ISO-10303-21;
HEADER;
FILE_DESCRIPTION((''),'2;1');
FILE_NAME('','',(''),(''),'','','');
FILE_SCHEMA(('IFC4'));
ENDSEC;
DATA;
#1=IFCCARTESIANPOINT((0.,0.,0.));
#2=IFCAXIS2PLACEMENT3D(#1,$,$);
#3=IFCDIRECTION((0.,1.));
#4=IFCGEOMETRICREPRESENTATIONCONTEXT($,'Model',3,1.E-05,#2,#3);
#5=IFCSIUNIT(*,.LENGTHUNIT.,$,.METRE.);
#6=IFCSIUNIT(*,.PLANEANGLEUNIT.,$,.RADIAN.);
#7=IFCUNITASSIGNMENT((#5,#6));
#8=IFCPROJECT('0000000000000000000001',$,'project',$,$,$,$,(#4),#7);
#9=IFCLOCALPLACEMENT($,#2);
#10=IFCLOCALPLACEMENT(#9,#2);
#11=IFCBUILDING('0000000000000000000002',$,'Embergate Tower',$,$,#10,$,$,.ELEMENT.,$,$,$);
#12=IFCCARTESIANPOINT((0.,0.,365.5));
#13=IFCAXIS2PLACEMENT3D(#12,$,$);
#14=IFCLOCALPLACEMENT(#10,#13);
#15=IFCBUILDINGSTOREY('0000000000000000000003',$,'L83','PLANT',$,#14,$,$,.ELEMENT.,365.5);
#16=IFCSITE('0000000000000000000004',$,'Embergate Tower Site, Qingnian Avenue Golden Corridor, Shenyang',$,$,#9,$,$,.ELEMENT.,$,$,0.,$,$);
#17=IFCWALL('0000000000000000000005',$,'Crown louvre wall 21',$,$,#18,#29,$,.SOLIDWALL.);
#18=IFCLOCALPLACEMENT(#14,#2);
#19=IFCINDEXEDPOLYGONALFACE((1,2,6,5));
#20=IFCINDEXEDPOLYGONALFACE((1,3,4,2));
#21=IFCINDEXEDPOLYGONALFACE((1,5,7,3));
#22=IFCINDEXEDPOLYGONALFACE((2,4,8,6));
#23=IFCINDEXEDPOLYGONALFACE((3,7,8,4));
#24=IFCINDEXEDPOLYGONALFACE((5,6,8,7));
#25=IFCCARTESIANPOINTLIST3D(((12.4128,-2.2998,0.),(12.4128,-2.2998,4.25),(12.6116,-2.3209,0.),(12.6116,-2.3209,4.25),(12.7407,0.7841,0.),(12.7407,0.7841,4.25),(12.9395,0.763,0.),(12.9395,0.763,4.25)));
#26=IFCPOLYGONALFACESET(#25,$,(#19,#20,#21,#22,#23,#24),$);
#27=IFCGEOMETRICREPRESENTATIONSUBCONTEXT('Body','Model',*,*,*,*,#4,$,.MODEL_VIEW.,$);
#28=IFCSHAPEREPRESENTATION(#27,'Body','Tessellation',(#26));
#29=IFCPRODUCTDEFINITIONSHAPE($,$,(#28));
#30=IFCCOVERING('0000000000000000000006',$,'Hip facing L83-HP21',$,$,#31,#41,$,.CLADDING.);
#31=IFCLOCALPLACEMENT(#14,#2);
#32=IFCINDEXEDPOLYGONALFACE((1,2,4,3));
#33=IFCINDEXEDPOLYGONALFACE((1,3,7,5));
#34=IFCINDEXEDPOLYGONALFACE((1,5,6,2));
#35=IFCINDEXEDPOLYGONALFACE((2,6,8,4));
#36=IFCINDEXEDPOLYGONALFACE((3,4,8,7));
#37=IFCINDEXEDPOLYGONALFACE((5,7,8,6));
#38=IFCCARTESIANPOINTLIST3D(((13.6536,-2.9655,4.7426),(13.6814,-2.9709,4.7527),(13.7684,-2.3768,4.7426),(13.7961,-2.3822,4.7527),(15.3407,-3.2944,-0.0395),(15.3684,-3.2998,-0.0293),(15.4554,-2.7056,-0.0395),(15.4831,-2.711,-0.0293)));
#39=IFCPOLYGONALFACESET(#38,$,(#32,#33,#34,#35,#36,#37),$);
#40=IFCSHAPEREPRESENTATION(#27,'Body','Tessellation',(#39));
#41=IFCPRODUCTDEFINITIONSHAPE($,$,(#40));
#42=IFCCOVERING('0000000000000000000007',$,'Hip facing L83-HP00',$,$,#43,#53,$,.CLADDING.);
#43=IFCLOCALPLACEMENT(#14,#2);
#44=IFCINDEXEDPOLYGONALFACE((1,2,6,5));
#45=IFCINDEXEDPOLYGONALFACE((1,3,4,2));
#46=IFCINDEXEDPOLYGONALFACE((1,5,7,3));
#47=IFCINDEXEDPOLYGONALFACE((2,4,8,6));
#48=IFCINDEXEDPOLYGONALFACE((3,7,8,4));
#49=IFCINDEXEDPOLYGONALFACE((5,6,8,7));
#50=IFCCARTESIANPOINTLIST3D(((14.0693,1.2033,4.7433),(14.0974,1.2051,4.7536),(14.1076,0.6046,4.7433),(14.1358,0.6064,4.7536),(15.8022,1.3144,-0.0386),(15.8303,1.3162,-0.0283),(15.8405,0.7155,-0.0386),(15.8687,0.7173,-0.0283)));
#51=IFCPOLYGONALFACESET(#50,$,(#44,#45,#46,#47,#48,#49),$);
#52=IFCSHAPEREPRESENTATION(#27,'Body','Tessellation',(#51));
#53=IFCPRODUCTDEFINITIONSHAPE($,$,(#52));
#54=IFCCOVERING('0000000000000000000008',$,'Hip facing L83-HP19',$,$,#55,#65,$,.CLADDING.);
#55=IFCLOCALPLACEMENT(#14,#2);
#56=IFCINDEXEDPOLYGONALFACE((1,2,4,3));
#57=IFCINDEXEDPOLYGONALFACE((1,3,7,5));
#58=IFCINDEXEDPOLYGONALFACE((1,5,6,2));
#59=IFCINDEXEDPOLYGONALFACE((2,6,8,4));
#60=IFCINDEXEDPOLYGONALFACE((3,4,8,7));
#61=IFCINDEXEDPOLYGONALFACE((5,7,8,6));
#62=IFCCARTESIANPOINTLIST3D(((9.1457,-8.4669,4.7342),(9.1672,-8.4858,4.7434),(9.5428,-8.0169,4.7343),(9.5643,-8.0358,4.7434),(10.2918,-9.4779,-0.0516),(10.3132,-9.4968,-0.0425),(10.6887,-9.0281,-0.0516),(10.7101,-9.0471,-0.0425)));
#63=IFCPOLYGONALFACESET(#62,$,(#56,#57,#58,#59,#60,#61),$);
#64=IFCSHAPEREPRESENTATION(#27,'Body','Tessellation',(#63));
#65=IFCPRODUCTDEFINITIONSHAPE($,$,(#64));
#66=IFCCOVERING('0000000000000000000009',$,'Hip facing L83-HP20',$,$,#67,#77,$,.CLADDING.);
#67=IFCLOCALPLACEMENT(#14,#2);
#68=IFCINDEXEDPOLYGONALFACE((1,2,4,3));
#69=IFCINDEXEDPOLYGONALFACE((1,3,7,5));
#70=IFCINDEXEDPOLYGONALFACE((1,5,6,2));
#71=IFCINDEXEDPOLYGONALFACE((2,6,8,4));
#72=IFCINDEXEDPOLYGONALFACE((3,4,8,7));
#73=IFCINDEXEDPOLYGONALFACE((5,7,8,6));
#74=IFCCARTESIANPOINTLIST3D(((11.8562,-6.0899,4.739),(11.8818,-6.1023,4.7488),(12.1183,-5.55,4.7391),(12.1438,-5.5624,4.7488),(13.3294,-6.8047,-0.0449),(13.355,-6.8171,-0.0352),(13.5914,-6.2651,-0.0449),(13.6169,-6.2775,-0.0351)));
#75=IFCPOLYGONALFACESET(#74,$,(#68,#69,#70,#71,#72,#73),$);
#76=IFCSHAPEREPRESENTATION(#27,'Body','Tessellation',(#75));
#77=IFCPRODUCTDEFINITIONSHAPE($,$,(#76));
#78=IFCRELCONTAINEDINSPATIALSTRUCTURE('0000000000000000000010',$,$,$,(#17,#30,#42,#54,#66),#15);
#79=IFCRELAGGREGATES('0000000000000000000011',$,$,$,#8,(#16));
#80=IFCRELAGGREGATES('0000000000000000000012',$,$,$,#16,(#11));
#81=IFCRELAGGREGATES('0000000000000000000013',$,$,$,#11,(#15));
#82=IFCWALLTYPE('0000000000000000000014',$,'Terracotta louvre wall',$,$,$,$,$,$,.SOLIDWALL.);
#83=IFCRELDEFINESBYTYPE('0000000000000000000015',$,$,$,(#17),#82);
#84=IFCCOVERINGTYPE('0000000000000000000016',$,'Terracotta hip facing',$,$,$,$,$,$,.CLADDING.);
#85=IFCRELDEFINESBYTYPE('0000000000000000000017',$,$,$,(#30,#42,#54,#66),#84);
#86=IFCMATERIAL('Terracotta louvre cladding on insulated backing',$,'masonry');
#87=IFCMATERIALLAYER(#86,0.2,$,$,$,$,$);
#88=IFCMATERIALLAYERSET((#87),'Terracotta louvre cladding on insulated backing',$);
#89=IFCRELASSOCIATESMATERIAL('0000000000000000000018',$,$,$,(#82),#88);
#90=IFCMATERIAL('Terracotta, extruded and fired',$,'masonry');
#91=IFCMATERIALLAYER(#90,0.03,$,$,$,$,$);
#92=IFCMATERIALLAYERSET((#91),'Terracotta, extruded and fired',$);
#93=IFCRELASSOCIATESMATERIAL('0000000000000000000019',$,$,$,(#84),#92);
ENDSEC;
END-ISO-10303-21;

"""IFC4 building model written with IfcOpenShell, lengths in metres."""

from ifc_helpers import new_model, si_unit, direction, frame, frame_2d, origin, place, context, subcontext, project, spatial, polyline, rectangle, outline, extrude, source, transform, mapped, material, layer, layer_set, type_object, element, save


model = new_model("IFC4")

# Units and contexts
model_context = context("Model", 3, precision=1e-05, world=origin(), true_north=direction((0.0, 1.0)))
body_context = subcontext(model_context, "Body", "Model", "MODEL_VIEW")
ifc_project = project(units=[si_unit("LENGTHUNIT", "METRE"), si_unit("PLANEANGLEUNIT", "RADIAN")], contexts=[model_context])

# Site, building, storey
site_placement = place(None, origin())
site = spatial("IfcSite", under=ifc_project, at=site_placement, Name="Embergate Tower Site, Qingnian Avenue Golden Corridor, Shenyang", CompositionType="ELEMENT", RefElevation=0.0)
building_placement = place(site_placement, origin())
building = spatial("IfcBuilding", under=site, at=building_placement, Name="Embergate Tower", CompositionType="ELEMENT")
storey_placement = place(building_placement, frame((0.0, 0.0, 365.5)))
storey = spatial("IfcBuildingStorey", under=building, at=storey_placement, Name="L83", Description="PLANT", CompositionType="ELEMENT", Elevation=365.5)

# Wall
ifc_material_1 = material(Name="Terracotta louvre cladding on insulated backing", Category="masonry")
ifc_layer_1 = layer(ifc_material_1, 0.2)
ifc_layer_set_1 = layer_set([ifc_layer_1], Name="Terracotta louvre cladding on insulated backing")
wall_type = type_object("IfcWallType", Name="Terracotta louvre wall", PredefinedType="SOLIDWALL", material=ifc_layer_set_1)
shared_shape_1 = source(origin(), body_context, "Body", "SweptSolid", [
    extrude(rectangle(XDim=3.1013, YDim=0.2, at=frame_2d((1.5508, 0.0))), origin(), (0.0, 0.0, 1.0), 4.25),
])
wall_1_placement = place(storey_placement, frame((12.8401, 0.7737, 0.0), z_axis=(0.0, 0.0, 1.0), x_axis=(-0.105721, -0.994396, 0.0)))
element("IfcWall", 1, at=wall_1_placement, inside=storey, type_object=wall_type, Name="Crown louvre wall 21", PredefinedType="SOLIDWALL", context=body_context, shape_type="MappedRepresentation", body=[
    mapped(shared_shape_1, transform((0.0, 0.0, 0.0))),
])

# Coverings
ifc_material_2 = material(Name="Terracotta, extruded and fired", Category="masonry")
ifc_layer_2 = layer(ifc_material_2, 0.03)
ifc_layer_set_2 = layer_set([ifc_layer_2], Name="Terracotta, extruded and fired")
covering_type = type_object("IfcCoveringType", Name="Terracotta hip facing", PredefinedType="CLADDING", material=ifc_layer_set_2)
shared_shape_2 = source(origin(), body_context, "Body", "SweptSolid", [
    extrude(outline(polyline([(0.0, 0.0), (5.0815, 0.0), (5.0815, -0.5999), (0.0, -0.5999), (0.0, 0.0)])), origin(), (0.0, 0.0, -1.0), 0.03),
])
covering_1_placement = place(storey_placement, frame((15.3684, -3.2998, -0.0293), z_axis=(0.923687, -0.179989, 0.338241), x_axis=(-0.331992, 0.064717, 0.94106)))
element("IfcCovering", 2, at=covering_1_placement, inside=storey, type_object=covering_type, Name="Hip facing L83-HP21", PredefinedType="CLADDING", context=body_context, shape_type="MappedRepresentation", body=[
    mapped(shared_shape_2, transform((0.0, 0.0, 0.0))),
])
shared_shape_3 = source(origin(), body_context, "Body", "SweptSolid", [
    extrude(outline(polyline([(0.0, 0.0), (5.0874, 0.0), (5.0874, -0.5999), (0.0, -0.6001), (0.0, 0.0)])), origin(), (0.0, 0.0, -1.0), 0.03),
])
covering_2_placement = place(storey_placement, frame((15.8687, 0.7173, -0.0283), z_axis=(0.938027, 0.060049, 0.341319), x_axis=(-0.340623, -0.021787, 0.939948)))
element("IfcCovering", 3, at=covering_2_placement, inside=storey, type_object=covering_type, Name="Hip facing L83-HP00", PredefinedType="CLADDING", context=body_context, shape_type="MappedRepresentation", body=[
    mapped(shared_shape_3, transform((0.0, 0.0, 0.0))),
])
shared_shape_4 = source(origin(), body_context, "Body", "SweptSolid", [
    extrude(outline(polyline([(0.0, 0.0), (5.0239, 0.0), (5.0239, -0.6001), (0.0, -0.5999), (0.0, 0.0)])), origin(), (0.0, 0.0, -1.0), 0.03),
])
covering_3_placement = place(storey_placement, frame((10.3132, -9.4968, -0.0425), z_axis=(0.714251, -0.630324, 0.304198), x_axis=(-0.228117, 0.201243, 0.952609)))
element("IfcCovering", 4, at=covering_3_placement, inside=storey, type_object=covering_type, Name="Hip facing L83-HP19", PredefinedType="CLADDING", context=body_context, shape_type="MappedRepresentation", body=[
    mapped(shared_shape_4, transform((0.0, 0.0, 0.0))),
])
shared_shape_5 = source(origin(), body_context, "Body", "SweptSolid", [
    extrude(outline(polyline([(0.0, 0.0), (5.0564, 0.0), (5.0564, -0.6001), (0.0, -0.5999), (0.0, 0.0)])), origin(), (0.0, 0.0, -1.0), 0.03),
])
covering_4_placement = place(storey_placement, frame((13.355, -6.8171, -0.0352), z_axis=(0.851137, -0.413151, 0.323841), x_axis=(-0.291351, 0.141378, 0.946111)))
element("IfcCovering", 5, at=covering_4_placement, inside=storey, type_object=covering_type, Name="Hip facing L83-HP20", PredefinedType="CLADDING", context=body_context, shape_type="MappedRepresentation", body=[
    mapped(shared_shape_5, transform((0.0, 0.0, 0.0))),
])

save(model, "model.ifc")
